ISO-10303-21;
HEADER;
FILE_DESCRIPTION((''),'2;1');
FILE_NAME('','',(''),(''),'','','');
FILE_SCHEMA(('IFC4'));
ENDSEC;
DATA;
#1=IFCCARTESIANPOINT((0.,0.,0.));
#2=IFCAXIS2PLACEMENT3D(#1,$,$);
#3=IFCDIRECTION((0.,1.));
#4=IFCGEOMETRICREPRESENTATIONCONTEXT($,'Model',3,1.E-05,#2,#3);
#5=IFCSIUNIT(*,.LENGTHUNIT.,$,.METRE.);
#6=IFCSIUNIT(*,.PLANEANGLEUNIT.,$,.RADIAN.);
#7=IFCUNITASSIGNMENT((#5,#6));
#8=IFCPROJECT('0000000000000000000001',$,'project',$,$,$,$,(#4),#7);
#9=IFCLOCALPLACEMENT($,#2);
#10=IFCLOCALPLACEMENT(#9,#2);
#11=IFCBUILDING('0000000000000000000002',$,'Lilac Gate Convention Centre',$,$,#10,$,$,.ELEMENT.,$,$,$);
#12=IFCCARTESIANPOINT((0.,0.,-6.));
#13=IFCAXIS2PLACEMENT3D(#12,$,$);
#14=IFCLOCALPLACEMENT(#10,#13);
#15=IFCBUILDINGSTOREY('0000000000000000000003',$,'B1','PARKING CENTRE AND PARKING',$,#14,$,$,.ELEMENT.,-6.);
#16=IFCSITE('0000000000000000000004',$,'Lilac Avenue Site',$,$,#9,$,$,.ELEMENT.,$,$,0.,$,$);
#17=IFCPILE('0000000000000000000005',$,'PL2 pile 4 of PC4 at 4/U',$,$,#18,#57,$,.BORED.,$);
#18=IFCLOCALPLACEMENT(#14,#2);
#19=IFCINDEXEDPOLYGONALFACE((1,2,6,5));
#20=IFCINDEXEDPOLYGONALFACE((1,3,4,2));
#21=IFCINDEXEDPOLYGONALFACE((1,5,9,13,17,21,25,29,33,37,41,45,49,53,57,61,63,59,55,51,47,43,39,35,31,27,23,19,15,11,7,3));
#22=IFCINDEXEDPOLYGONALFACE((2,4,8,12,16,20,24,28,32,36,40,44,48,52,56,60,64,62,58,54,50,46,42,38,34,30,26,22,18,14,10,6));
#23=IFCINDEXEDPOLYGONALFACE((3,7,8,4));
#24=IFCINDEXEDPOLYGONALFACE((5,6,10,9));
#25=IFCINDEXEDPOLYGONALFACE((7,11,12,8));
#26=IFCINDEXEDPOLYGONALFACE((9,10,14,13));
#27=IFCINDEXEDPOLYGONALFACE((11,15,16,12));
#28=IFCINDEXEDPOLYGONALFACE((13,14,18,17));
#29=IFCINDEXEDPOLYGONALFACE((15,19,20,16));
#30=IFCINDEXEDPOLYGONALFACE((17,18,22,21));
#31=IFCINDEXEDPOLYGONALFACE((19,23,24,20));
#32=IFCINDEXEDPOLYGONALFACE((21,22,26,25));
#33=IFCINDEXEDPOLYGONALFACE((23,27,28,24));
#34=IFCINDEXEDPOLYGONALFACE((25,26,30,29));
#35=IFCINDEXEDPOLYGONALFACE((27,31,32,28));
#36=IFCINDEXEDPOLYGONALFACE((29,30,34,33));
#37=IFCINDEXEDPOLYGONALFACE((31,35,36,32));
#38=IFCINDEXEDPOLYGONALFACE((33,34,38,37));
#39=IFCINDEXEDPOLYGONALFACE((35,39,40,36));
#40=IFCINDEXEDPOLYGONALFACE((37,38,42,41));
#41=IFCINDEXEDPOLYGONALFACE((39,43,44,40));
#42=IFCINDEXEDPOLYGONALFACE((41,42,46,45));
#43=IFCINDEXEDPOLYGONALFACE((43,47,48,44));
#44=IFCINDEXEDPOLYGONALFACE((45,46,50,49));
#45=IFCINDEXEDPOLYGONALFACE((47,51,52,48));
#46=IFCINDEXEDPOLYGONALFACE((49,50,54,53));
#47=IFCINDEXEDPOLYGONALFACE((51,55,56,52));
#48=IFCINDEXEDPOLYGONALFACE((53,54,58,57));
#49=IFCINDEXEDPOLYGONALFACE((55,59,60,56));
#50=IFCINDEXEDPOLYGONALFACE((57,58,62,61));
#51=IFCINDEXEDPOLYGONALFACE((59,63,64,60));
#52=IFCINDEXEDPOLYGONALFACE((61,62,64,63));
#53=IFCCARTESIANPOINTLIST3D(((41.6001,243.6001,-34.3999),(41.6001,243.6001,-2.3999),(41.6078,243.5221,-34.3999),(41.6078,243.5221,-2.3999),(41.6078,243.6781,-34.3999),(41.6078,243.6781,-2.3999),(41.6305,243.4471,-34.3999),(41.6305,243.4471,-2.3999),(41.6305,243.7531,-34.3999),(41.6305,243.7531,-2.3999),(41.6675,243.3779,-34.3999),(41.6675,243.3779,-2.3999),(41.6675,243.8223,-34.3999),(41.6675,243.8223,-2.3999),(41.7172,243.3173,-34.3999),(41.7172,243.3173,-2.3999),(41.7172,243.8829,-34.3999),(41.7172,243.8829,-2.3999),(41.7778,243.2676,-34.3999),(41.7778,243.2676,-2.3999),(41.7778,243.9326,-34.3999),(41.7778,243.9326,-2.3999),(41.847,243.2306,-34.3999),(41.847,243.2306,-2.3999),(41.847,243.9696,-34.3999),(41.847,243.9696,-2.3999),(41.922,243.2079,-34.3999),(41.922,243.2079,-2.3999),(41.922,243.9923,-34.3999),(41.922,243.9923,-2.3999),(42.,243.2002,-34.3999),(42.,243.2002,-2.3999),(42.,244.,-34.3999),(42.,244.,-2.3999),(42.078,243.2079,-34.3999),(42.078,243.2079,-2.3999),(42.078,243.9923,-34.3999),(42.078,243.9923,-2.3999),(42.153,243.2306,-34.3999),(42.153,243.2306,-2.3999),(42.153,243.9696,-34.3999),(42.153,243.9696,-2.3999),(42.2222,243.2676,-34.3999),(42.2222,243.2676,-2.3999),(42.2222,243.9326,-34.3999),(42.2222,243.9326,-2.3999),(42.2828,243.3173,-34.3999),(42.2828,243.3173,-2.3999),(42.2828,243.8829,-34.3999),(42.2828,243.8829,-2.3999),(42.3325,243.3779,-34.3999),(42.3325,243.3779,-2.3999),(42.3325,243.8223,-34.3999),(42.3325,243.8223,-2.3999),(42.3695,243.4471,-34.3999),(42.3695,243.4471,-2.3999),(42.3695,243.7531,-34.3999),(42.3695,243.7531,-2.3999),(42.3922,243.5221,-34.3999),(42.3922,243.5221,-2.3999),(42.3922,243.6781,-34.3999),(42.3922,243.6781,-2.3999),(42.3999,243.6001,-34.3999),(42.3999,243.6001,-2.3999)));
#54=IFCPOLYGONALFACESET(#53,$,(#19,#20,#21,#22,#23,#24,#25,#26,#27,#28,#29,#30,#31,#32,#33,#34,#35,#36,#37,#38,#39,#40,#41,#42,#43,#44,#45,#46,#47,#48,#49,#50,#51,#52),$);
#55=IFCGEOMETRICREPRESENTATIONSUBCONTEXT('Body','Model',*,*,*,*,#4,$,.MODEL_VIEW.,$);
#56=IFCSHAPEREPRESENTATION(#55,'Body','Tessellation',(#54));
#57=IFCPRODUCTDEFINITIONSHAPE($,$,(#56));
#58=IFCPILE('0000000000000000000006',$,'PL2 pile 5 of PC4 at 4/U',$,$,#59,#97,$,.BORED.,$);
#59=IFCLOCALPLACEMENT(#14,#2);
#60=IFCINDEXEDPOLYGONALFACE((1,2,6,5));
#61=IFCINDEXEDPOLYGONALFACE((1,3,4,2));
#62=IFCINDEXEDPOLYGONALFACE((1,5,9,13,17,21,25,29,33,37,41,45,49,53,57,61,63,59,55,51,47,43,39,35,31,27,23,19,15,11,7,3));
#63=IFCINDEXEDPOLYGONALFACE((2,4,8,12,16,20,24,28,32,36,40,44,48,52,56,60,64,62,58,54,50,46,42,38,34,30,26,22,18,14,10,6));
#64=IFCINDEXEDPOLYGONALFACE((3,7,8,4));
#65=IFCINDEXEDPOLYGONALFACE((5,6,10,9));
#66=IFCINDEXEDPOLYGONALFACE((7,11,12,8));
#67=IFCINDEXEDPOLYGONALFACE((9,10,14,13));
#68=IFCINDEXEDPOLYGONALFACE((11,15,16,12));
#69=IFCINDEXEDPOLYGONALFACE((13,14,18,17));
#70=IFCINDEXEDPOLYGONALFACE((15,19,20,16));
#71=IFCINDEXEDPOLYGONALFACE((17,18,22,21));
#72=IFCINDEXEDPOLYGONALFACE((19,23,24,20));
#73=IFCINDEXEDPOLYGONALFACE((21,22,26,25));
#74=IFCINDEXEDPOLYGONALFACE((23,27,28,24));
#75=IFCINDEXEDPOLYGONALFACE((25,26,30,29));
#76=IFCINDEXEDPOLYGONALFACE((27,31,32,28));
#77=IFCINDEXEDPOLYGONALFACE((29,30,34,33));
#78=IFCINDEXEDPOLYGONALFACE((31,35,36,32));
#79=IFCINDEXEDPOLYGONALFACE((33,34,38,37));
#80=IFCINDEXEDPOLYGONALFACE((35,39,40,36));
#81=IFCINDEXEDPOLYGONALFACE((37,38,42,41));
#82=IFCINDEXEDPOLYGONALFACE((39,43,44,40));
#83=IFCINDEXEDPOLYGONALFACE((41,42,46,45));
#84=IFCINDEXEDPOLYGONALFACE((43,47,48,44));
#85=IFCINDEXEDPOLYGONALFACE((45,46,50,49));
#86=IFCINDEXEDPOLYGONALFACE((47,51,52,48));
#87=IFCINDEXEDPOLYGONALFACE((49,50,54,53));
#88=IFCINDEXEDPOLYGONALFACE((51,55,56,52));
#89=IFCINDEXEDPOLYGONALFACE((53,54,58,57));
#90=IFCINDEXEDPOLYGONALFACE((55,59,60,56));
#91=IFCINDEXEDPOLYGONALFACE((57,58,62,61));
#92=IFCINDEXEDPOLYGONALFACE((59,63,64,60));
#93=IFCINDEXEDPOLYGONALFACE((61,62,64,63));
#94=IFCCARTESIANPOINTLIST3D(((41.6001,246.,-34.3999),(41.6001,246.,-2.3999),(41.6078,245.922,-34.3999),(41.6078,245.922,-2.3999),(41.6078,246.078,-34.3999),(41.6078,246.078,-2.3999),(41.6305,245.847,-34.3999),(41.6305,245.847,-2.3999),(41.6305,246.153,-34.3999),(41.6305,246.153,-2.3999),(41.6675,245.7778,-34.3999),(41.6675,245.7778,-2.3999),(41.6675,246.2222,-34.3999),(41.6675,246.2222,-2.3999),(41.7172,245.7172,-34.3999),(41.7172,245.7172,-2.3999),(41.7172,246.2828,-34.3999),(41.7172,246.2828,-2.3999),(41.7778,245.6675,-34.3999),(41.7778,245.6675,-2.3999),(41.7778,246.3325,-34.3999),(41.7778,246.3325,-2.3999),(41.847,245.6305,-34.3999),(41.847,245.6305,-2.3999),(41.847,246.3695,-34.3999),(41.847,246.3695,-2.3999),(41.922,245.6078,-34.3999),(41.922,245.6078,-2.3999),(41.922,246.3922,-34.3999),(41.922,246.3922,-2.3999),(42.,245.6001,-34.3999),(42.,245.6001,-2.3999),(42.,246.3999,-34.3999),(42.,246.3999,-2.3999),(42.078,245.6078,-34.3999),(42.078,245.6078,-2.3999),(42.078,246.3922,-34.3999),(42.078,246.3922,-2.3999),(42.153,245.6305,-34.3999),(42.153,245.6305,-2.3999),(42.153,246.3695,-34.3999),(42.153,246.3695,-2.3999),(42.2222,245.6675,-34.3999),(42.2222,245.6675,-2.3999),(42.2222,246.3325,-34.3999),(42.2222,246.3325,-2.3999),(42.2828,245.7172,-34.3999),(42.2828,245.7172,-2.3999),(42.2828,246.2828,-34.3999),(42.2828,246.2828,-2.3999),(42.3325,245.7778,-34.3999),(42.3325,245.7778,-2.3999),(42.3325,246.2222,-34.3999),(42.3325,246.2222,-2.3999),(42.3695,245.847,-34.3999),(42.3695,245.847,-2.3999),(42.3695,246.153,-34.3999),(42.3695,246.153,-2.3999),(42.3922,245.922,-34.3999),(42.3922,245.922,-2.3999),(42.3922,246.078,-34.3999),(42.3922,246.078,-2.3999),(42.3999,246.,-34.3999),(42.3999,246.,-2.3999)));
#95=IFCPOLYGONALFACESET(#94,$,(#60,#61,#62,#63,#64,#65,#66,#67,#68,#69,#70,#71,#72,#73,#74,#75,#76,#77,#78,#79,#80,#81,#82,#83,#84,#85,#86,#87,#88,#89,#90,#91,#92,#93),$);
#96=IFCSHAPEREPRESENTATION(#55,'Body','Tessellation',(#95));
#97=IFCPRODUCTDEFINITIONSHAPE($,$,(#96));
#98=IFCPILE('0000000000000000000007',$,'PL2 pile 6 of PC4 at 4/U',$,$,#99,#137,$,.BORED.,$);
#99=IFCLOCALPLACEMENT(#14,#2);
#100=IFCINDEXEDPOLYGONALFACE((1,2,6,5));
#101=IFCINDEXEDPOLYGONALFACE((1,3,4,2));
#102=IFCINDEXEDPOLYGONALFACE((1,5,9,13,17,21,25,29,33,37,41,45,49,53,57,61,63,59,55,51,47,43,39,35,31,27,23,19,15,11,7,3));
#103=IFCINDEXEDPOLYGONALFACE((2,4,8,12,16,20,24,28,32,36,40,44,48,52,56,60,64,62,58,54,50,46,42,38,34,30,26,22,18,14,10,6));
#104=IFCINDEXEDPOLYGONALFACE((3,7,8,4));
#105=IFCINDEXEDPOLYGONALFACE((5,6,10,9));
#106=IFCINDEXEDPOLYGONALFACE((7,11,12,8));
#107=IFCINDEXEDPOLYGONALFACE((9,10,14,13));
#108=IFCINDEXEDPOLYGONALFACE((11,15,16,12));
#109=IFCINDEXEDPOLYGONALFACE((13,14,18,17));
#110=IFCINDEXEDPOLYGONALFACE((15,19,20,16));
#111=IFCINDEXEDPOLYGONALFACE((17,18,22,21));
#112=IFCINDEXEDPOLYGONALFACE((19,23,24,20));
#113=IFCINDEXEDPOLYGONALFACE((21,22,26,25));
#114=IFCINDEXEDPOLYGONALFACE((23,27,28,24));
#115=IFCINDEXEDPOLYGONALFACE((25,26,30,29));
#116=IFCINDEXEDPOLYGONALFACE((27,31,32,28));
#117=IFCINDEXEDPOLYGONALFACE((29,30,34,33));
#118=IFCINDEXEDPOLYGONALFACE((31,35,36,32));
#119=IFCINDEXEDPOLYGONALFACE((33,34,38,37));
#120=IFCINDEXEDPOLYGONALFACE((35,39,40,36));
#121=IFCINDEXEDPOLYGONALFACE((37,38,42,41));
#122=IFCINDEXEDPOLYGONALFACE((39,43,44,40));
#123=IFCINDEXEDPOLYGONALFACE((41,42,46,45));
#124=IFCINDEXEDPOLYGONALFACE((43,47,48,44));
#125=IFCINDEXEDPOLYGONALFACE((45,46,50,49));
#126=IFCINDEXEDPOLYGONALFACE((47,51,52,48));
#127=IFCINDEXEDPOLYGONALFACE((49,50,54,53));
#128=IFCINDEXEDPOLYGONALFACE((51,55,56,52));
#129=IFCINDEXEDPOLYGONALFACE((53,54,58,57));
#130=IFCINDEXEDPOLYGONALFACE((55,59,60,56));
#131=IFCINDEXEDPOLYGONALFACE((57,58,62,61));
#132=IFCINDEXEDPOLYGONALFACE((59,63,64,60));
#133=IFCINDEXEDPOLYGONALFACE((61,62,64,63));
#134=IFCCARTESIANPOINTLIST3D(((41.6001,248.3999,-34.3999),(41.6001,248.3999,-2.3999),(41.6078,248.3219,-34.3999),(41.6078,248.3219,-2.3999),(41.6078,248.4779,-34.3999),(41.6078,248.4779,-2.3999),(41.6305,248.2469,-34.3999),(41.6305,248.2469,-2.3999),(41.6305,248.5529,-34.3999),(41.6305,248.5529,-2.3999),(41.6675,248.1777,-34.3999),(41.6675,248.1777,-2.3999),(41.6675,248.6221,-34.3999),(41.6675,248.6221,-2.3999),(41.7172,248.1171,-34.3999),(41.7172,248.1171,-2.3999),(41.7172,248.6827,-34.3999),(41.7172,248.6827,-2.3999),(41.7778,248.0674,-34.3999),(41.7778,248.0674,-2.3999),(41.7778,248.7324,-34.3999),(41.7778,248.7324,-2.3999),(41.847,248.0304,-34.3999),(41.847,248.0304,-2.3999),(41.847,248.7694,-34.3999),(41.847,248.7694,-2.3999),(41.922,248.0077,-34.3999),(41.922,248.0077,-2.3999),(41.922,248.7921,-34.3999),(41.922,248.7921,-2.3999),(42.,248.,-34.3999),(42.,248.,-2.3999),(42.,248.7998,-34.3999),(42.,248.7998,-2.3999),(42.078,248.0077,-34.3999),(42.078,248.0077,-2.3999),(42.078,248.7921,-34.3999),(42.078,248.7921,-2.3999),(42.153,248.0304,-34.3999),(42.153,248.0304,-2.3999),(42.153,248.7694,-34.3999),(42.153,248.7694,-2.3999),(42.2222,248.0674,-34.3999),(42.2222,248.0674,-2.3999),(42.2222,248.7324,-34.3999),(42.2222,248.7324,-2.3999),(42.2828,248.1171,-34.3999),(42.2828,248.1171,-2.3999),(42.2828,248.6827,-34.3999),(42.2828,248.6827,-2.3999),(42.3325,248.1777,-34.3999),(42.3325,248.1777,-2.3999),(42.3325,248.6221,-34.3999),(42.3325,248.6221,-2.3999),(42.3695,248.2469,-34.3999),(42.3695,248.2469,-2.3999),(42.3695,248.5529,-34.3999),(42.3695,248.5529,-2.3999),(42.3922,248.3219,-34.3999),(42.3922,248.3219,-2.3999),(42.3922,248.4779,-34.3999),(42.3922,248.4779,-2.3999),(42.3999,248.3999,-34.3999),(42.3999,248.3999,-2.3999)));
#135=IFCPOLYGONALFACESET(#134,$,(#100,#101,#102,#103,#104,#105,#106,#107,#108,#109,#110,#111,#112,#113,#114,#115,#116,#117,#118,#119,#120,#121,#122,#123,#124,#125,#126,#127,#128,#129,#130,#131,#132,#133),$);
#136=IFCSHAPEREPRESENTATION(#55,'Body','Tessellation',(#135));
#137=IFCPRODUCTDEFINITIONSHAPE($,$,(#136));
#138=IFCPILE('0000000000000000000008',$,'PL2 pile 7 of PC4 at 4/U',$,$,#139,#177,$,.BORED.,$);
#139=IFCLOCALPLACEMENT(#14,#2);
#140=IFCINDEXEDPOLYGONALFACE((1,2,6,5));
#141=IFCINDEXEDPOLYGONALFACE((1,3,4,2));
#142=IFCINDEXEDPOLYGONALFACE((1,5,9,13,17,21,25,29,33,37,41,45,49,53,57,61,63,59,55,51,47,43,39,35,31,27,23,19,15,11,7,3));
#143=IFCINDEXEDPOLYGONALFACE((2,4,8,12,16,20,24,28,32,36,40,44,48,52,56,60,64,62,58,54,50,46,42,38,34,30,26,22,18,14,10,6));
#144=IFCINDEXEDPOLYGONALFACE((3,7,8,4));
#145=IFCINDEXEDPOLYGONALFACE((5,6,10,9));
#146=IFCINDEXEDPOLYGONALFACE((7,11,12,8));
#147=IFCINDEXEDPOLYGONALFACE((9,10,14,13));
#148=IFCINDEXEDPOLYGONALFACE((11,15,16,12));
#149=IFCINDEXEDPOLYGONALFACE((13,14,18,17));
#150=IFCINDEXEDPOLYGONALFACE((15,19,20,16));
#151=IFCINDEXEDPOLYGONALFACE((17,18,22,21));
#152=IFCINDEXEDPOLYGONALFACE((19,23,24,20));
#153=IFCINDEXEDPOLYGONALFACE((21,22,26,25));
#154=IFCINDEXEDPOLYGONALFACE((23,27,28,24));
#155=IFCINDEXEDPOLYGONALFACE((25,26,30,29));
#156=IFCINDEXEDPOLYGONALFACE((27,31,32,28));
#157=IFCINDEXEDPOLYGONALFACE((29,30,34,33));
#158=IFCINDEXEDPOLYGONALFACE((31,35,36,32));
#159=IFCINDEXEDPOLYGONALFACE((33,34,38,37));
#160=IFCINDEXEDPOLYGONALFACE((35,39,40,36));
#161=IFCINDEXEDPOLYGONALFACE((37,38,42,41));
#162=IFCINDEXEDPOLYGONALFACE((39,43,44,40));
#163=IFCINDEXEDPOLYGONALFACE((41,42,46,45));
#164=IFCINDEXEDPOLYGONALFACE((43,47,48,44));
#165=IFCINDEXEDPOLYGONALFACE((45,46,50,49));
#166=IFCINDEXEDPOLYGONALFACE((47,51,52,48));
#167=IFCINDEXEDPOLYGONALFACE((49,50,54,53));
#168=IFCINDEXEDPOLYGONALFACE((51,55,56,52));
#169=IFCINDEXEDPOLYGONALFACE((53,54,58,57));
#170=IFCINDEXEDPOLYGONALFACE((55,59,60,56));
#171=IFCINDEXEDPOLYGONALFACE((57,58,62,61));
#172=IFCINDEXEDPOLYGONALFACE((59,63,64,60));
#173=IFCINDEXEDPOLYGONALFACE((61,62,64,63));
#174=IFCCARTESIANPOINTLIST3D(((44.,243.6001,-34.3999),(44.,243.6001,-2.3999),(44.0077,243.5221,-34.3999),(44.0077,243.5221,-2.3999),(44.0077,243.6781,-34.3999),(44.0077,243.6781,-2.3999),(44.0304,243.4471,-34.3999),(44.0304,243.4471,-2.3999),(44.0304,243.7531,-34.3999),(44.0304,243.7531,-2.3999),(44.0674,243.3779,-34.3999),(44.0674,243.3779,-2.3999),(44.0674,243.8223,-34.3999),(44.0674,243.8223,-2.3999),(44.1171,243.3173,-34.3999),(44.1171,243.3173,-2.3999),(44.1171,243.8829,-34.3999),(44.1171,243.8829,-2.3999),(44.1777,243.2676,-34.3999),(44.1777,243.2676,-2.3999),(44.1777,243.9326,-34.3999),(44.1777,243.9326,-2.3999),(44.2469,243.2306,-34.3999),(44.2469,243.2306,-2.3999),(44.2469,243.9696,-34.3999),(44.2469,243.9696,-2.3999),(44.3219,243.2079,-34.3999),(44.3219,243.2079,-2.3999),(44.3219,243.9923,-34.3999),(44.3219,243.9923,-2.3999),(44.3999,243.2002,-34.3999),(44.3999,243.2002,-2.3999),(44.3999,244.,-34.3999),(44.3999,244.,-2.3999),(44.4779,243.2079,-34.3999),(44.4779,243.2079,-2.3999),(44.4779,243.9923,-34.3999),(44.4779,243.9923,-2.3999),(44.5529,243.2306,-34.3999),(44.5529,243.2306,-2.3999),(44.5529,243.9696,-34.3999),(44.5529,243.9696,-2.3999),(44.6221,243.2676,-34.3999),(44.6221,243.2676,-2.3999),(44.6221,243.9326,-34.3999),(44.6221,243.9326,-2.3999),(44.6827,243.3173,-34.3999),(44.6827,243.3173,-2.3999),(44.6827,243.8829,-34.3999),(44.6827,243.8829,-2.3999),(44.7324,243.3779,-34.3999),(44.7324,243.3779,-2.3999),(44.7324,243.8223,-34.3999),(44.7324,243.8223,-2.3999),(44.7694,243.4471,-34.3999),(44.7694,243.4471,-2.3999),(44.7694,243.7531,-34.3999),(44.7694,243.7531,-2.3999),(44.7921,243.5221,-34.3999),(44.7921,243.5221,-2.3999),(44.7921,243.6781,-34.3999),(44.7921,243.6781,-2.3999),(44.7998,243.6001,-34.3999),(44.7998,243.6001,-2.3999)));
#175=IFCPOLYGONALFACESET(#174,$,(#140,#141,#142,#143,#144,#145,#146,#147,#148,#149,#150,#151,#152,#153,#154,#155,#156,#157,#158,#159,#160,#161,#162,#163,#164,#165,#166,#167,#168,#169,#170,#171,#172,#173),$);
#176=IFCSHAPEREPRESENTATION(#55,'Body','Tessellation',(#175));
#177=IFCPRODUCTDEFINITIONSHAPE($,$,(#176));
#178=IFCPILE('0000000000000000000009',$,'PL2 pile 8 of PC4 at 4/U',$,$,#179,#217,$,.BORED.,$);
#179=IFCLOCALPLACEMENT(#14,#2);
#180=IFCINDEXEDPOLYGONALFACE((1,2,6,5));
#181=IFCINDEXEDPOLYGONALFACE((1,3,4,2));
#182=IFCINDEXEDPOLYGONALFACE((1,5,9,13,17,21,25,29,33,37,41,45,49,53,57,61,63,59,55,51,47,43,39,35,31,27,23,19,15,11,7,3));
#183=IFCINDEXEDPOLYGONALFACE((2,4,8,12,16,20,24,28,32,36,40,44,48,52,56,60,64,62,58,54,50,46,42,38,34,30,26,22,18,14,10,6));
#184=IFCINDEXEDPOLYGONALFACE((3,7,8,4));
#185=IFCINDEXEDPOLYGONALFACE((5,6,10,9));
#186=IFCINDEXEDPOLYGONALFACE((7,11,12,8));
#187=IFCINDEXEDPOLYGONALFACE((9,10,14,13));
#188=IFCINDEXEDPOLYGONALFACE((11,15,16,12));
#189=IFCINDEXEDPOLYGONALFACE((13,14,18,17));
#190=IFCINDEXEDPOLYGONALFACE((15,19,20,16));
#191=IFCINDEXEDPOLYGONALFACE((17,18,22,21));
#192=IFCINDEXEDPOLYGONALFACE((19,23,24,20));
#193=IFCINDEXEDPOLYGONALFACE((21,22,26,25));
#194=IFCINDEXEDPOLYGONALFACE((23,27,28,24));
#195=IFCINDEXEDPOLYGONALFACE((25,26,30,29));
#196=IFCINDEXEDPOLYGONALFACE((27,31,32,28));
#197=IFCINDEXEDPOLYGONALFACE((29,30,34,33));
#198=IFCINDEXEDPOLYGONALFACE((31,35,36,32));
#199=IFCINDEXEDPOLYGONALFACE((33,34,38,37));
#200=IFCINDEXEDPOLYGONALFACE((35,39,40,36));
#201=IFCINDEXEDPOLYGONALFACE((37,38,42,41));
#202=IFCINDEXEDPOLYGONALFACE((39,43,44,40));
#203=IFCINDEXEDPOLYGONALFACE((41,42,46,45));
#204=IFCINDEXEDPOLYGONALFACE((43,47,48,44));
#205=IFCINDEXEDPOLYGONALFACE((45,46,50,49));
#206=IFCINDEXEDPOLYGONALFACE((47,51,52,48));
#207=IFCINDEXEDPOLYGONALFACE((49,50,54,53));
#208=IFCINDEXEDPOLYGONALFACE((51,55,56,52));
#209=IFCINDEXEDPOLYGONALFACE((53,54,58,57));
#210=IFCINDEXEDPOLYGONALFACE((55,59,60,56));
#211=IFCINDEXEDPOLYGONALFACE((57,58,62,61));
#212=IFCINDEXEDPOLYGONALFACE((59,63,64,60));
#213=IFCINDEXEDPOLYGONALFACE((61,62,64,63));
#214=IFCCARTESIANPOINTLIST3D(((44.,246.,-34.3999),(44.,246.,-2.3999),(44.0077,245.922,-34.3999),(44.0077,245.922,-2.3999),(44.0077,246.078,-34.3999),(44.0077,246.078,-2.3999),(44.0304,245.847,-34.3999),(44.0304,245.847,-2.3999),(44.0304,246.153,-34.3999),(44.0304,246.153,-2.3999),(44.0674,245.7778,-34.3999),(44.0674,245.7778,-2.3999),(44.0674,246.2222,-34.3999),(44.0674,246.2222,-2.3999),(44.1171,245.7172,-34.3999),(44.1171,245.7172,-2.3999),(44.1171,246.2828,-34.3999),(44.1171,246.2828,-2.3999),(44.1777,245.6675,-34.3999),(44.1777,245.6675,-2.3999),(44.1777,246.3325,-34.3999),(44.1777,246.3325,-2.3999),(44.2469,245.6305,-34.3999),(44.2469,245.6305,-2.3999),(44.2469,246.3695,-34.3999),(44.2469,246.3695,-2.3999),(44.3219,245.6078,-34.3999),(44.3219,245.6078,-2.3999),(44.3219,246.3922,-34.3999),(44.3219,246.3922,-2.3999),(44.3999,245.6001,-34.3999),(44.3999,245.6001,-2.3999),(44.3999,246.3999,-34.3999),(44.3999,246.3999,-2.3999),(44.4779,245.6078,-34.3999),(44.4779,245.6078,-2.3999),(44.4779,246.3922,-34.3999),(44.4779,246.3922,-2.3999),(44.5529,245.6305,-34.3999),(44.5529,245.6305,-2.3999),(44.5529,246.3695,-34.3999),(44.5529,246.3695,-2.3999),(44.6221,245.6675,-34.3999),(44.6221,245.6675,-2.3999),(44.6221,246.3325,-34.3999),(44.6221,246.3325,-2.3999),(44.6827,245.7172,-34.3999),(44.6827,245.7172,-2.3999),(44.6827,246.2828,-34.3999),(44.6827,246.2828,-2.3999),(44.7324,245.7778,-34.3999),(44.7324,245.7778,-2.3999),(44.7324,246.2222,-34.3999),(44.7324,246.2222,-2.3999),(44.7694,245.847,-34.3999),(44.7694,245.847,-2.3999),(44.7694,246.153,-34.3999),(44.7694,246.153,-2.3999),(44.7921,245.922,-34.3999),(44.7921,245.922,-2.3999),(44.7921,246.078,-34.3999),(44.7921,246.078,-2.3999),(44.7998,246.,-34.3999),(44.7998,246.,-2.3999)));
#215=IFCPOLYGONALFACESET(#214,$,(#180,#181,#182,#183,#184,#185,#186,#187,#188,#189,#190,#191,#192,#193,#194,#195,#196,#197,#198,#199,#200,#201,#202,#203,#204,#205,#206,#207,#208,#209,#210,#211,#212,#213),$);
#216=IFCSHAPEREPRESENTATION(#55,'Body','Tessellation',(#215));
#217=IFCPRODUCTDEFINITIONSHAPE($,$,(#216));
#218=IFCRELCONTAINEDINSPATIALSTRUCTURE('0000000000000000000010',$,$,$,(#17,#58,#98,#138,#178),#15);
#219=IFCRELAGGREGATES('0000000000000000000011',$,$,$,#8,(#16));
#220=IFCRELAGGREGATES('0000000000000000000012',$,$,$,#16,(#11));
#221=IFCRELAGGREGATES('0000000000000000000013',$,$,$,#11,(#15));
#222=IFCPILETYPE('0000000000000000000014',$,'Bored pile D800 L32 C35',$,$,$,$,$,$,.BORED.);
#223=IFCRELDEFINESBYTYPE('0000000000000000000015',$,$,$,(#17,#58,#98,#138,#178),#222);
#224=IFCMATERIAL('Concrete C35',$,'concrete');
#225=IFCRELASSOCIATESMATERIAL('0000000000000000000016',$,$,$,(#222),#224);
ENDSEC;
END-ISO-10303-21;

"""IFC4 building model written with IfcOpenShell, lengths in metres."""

from ifc_helpers import new_model, si_unit, direction, frame, origin, origin_2d, place, context, subcontext, project, spatial, circle, extrude, material, material_profile, profile_set, type_object, element, save


model = new_model("IFC4")

# Units and contexts
model_context = context("Model", 3, precision=1e-05, world=origin(), true_north=direction((0.0, 1.0)))
body_context = subcontext(model_context, "Body", "Model", "MODEL_VIEW")
ifc_project = project(units=[si_unit("LENGTHUNIT", "METRE"), si_unit("PLANEANGLEUNIT", "RADIAN")], contexts=[model_context])

# Site, building, storey
site_placement = place(None, origin())
site = spatial("IfcSite", under=ifc_project, at=site_placement, Name="Lilac Avenue Site", CompositionType="ELEMENT", RefElevation=0.0)
building_placement = place(site_placement, origin())
building = spatial("IfcBuilding", under=site, at=building_placement, Name="Lilac Gate Convention Centre", CompositionType="ELEMENT")
storey_placement = place(building_placement, frame((0.0, 0.0, -6.0)))
storey = spatial("IfcBuildingStorey", under=building, at=storey_placement, Name="B1", Description="PARKING CENTRE AND PARKING", CompositionType="ELEMENT", Elevation=-6.0)

# Piles
ifc_material_1 = material(Name="Concrete C35", Category="concrete")
ifc_material_profile_1 = material_profile(ifc_material_1, circle(Radius=0.3999, at=origin_2d()), Name="D800")
ifc_profile_set_1 = profile_set([ifc_material_profile_1], Name="Concrete C35")
pile_type = type_object("IfcPileType", Name="Bored pile D800 L32 C35", PredefinedType="BORED", material=ifc_profile_set_1)
for number, where, z_axis, x_axis, name in (
    (1, (42.0, 243.6001, -2.3999), (0.0, 0.0, -1.0), (1.0, 0.0, 0.0), "PL2 pile 4 of PC4 at 4/U"),
    (2, (42.0, 246.0, -2.3999), (0.0, 0.0, -1.0), (1.0, 0.0, 0.0), "PL2 pile 5 of PC4 at 4/U"),
    (3, (42.0, 248.3999, -2.3999), (0.0, 0.0, -1.0), (1.0, 0.0, 0.0), "PL2 pile 6 of PC4 at 4/U"),
    (4, (44.3999, 243.6001, -2.3999), (0.0, 0.0, -1.0), (1.0, 0.0, 0.0), "PL2 pile 7 of PC4 at 4/U"),
    (5, (44.3999, 246.0, -2.3999), (0.0, 0.0, -1.0), (1.0, 0.0, 0.0), "PL2 pile 8 of PC4 at 4/U"),
):
    element("IfcPile", number, at=place(storey_placement, frame(where, z_axis=z_axis, x_axis=x_axis)), inside=storey, type_object=pile_type, Name=name, PredefinedType="BORED", context=body_context, shape_type="SweptSolid", body=[
        extrude(circle(Radius=0.3999, at=origin_2d()), origin(), (0.0, 0.0, 1.0), 32.0),
    ])

save(model, "model.ifc")
